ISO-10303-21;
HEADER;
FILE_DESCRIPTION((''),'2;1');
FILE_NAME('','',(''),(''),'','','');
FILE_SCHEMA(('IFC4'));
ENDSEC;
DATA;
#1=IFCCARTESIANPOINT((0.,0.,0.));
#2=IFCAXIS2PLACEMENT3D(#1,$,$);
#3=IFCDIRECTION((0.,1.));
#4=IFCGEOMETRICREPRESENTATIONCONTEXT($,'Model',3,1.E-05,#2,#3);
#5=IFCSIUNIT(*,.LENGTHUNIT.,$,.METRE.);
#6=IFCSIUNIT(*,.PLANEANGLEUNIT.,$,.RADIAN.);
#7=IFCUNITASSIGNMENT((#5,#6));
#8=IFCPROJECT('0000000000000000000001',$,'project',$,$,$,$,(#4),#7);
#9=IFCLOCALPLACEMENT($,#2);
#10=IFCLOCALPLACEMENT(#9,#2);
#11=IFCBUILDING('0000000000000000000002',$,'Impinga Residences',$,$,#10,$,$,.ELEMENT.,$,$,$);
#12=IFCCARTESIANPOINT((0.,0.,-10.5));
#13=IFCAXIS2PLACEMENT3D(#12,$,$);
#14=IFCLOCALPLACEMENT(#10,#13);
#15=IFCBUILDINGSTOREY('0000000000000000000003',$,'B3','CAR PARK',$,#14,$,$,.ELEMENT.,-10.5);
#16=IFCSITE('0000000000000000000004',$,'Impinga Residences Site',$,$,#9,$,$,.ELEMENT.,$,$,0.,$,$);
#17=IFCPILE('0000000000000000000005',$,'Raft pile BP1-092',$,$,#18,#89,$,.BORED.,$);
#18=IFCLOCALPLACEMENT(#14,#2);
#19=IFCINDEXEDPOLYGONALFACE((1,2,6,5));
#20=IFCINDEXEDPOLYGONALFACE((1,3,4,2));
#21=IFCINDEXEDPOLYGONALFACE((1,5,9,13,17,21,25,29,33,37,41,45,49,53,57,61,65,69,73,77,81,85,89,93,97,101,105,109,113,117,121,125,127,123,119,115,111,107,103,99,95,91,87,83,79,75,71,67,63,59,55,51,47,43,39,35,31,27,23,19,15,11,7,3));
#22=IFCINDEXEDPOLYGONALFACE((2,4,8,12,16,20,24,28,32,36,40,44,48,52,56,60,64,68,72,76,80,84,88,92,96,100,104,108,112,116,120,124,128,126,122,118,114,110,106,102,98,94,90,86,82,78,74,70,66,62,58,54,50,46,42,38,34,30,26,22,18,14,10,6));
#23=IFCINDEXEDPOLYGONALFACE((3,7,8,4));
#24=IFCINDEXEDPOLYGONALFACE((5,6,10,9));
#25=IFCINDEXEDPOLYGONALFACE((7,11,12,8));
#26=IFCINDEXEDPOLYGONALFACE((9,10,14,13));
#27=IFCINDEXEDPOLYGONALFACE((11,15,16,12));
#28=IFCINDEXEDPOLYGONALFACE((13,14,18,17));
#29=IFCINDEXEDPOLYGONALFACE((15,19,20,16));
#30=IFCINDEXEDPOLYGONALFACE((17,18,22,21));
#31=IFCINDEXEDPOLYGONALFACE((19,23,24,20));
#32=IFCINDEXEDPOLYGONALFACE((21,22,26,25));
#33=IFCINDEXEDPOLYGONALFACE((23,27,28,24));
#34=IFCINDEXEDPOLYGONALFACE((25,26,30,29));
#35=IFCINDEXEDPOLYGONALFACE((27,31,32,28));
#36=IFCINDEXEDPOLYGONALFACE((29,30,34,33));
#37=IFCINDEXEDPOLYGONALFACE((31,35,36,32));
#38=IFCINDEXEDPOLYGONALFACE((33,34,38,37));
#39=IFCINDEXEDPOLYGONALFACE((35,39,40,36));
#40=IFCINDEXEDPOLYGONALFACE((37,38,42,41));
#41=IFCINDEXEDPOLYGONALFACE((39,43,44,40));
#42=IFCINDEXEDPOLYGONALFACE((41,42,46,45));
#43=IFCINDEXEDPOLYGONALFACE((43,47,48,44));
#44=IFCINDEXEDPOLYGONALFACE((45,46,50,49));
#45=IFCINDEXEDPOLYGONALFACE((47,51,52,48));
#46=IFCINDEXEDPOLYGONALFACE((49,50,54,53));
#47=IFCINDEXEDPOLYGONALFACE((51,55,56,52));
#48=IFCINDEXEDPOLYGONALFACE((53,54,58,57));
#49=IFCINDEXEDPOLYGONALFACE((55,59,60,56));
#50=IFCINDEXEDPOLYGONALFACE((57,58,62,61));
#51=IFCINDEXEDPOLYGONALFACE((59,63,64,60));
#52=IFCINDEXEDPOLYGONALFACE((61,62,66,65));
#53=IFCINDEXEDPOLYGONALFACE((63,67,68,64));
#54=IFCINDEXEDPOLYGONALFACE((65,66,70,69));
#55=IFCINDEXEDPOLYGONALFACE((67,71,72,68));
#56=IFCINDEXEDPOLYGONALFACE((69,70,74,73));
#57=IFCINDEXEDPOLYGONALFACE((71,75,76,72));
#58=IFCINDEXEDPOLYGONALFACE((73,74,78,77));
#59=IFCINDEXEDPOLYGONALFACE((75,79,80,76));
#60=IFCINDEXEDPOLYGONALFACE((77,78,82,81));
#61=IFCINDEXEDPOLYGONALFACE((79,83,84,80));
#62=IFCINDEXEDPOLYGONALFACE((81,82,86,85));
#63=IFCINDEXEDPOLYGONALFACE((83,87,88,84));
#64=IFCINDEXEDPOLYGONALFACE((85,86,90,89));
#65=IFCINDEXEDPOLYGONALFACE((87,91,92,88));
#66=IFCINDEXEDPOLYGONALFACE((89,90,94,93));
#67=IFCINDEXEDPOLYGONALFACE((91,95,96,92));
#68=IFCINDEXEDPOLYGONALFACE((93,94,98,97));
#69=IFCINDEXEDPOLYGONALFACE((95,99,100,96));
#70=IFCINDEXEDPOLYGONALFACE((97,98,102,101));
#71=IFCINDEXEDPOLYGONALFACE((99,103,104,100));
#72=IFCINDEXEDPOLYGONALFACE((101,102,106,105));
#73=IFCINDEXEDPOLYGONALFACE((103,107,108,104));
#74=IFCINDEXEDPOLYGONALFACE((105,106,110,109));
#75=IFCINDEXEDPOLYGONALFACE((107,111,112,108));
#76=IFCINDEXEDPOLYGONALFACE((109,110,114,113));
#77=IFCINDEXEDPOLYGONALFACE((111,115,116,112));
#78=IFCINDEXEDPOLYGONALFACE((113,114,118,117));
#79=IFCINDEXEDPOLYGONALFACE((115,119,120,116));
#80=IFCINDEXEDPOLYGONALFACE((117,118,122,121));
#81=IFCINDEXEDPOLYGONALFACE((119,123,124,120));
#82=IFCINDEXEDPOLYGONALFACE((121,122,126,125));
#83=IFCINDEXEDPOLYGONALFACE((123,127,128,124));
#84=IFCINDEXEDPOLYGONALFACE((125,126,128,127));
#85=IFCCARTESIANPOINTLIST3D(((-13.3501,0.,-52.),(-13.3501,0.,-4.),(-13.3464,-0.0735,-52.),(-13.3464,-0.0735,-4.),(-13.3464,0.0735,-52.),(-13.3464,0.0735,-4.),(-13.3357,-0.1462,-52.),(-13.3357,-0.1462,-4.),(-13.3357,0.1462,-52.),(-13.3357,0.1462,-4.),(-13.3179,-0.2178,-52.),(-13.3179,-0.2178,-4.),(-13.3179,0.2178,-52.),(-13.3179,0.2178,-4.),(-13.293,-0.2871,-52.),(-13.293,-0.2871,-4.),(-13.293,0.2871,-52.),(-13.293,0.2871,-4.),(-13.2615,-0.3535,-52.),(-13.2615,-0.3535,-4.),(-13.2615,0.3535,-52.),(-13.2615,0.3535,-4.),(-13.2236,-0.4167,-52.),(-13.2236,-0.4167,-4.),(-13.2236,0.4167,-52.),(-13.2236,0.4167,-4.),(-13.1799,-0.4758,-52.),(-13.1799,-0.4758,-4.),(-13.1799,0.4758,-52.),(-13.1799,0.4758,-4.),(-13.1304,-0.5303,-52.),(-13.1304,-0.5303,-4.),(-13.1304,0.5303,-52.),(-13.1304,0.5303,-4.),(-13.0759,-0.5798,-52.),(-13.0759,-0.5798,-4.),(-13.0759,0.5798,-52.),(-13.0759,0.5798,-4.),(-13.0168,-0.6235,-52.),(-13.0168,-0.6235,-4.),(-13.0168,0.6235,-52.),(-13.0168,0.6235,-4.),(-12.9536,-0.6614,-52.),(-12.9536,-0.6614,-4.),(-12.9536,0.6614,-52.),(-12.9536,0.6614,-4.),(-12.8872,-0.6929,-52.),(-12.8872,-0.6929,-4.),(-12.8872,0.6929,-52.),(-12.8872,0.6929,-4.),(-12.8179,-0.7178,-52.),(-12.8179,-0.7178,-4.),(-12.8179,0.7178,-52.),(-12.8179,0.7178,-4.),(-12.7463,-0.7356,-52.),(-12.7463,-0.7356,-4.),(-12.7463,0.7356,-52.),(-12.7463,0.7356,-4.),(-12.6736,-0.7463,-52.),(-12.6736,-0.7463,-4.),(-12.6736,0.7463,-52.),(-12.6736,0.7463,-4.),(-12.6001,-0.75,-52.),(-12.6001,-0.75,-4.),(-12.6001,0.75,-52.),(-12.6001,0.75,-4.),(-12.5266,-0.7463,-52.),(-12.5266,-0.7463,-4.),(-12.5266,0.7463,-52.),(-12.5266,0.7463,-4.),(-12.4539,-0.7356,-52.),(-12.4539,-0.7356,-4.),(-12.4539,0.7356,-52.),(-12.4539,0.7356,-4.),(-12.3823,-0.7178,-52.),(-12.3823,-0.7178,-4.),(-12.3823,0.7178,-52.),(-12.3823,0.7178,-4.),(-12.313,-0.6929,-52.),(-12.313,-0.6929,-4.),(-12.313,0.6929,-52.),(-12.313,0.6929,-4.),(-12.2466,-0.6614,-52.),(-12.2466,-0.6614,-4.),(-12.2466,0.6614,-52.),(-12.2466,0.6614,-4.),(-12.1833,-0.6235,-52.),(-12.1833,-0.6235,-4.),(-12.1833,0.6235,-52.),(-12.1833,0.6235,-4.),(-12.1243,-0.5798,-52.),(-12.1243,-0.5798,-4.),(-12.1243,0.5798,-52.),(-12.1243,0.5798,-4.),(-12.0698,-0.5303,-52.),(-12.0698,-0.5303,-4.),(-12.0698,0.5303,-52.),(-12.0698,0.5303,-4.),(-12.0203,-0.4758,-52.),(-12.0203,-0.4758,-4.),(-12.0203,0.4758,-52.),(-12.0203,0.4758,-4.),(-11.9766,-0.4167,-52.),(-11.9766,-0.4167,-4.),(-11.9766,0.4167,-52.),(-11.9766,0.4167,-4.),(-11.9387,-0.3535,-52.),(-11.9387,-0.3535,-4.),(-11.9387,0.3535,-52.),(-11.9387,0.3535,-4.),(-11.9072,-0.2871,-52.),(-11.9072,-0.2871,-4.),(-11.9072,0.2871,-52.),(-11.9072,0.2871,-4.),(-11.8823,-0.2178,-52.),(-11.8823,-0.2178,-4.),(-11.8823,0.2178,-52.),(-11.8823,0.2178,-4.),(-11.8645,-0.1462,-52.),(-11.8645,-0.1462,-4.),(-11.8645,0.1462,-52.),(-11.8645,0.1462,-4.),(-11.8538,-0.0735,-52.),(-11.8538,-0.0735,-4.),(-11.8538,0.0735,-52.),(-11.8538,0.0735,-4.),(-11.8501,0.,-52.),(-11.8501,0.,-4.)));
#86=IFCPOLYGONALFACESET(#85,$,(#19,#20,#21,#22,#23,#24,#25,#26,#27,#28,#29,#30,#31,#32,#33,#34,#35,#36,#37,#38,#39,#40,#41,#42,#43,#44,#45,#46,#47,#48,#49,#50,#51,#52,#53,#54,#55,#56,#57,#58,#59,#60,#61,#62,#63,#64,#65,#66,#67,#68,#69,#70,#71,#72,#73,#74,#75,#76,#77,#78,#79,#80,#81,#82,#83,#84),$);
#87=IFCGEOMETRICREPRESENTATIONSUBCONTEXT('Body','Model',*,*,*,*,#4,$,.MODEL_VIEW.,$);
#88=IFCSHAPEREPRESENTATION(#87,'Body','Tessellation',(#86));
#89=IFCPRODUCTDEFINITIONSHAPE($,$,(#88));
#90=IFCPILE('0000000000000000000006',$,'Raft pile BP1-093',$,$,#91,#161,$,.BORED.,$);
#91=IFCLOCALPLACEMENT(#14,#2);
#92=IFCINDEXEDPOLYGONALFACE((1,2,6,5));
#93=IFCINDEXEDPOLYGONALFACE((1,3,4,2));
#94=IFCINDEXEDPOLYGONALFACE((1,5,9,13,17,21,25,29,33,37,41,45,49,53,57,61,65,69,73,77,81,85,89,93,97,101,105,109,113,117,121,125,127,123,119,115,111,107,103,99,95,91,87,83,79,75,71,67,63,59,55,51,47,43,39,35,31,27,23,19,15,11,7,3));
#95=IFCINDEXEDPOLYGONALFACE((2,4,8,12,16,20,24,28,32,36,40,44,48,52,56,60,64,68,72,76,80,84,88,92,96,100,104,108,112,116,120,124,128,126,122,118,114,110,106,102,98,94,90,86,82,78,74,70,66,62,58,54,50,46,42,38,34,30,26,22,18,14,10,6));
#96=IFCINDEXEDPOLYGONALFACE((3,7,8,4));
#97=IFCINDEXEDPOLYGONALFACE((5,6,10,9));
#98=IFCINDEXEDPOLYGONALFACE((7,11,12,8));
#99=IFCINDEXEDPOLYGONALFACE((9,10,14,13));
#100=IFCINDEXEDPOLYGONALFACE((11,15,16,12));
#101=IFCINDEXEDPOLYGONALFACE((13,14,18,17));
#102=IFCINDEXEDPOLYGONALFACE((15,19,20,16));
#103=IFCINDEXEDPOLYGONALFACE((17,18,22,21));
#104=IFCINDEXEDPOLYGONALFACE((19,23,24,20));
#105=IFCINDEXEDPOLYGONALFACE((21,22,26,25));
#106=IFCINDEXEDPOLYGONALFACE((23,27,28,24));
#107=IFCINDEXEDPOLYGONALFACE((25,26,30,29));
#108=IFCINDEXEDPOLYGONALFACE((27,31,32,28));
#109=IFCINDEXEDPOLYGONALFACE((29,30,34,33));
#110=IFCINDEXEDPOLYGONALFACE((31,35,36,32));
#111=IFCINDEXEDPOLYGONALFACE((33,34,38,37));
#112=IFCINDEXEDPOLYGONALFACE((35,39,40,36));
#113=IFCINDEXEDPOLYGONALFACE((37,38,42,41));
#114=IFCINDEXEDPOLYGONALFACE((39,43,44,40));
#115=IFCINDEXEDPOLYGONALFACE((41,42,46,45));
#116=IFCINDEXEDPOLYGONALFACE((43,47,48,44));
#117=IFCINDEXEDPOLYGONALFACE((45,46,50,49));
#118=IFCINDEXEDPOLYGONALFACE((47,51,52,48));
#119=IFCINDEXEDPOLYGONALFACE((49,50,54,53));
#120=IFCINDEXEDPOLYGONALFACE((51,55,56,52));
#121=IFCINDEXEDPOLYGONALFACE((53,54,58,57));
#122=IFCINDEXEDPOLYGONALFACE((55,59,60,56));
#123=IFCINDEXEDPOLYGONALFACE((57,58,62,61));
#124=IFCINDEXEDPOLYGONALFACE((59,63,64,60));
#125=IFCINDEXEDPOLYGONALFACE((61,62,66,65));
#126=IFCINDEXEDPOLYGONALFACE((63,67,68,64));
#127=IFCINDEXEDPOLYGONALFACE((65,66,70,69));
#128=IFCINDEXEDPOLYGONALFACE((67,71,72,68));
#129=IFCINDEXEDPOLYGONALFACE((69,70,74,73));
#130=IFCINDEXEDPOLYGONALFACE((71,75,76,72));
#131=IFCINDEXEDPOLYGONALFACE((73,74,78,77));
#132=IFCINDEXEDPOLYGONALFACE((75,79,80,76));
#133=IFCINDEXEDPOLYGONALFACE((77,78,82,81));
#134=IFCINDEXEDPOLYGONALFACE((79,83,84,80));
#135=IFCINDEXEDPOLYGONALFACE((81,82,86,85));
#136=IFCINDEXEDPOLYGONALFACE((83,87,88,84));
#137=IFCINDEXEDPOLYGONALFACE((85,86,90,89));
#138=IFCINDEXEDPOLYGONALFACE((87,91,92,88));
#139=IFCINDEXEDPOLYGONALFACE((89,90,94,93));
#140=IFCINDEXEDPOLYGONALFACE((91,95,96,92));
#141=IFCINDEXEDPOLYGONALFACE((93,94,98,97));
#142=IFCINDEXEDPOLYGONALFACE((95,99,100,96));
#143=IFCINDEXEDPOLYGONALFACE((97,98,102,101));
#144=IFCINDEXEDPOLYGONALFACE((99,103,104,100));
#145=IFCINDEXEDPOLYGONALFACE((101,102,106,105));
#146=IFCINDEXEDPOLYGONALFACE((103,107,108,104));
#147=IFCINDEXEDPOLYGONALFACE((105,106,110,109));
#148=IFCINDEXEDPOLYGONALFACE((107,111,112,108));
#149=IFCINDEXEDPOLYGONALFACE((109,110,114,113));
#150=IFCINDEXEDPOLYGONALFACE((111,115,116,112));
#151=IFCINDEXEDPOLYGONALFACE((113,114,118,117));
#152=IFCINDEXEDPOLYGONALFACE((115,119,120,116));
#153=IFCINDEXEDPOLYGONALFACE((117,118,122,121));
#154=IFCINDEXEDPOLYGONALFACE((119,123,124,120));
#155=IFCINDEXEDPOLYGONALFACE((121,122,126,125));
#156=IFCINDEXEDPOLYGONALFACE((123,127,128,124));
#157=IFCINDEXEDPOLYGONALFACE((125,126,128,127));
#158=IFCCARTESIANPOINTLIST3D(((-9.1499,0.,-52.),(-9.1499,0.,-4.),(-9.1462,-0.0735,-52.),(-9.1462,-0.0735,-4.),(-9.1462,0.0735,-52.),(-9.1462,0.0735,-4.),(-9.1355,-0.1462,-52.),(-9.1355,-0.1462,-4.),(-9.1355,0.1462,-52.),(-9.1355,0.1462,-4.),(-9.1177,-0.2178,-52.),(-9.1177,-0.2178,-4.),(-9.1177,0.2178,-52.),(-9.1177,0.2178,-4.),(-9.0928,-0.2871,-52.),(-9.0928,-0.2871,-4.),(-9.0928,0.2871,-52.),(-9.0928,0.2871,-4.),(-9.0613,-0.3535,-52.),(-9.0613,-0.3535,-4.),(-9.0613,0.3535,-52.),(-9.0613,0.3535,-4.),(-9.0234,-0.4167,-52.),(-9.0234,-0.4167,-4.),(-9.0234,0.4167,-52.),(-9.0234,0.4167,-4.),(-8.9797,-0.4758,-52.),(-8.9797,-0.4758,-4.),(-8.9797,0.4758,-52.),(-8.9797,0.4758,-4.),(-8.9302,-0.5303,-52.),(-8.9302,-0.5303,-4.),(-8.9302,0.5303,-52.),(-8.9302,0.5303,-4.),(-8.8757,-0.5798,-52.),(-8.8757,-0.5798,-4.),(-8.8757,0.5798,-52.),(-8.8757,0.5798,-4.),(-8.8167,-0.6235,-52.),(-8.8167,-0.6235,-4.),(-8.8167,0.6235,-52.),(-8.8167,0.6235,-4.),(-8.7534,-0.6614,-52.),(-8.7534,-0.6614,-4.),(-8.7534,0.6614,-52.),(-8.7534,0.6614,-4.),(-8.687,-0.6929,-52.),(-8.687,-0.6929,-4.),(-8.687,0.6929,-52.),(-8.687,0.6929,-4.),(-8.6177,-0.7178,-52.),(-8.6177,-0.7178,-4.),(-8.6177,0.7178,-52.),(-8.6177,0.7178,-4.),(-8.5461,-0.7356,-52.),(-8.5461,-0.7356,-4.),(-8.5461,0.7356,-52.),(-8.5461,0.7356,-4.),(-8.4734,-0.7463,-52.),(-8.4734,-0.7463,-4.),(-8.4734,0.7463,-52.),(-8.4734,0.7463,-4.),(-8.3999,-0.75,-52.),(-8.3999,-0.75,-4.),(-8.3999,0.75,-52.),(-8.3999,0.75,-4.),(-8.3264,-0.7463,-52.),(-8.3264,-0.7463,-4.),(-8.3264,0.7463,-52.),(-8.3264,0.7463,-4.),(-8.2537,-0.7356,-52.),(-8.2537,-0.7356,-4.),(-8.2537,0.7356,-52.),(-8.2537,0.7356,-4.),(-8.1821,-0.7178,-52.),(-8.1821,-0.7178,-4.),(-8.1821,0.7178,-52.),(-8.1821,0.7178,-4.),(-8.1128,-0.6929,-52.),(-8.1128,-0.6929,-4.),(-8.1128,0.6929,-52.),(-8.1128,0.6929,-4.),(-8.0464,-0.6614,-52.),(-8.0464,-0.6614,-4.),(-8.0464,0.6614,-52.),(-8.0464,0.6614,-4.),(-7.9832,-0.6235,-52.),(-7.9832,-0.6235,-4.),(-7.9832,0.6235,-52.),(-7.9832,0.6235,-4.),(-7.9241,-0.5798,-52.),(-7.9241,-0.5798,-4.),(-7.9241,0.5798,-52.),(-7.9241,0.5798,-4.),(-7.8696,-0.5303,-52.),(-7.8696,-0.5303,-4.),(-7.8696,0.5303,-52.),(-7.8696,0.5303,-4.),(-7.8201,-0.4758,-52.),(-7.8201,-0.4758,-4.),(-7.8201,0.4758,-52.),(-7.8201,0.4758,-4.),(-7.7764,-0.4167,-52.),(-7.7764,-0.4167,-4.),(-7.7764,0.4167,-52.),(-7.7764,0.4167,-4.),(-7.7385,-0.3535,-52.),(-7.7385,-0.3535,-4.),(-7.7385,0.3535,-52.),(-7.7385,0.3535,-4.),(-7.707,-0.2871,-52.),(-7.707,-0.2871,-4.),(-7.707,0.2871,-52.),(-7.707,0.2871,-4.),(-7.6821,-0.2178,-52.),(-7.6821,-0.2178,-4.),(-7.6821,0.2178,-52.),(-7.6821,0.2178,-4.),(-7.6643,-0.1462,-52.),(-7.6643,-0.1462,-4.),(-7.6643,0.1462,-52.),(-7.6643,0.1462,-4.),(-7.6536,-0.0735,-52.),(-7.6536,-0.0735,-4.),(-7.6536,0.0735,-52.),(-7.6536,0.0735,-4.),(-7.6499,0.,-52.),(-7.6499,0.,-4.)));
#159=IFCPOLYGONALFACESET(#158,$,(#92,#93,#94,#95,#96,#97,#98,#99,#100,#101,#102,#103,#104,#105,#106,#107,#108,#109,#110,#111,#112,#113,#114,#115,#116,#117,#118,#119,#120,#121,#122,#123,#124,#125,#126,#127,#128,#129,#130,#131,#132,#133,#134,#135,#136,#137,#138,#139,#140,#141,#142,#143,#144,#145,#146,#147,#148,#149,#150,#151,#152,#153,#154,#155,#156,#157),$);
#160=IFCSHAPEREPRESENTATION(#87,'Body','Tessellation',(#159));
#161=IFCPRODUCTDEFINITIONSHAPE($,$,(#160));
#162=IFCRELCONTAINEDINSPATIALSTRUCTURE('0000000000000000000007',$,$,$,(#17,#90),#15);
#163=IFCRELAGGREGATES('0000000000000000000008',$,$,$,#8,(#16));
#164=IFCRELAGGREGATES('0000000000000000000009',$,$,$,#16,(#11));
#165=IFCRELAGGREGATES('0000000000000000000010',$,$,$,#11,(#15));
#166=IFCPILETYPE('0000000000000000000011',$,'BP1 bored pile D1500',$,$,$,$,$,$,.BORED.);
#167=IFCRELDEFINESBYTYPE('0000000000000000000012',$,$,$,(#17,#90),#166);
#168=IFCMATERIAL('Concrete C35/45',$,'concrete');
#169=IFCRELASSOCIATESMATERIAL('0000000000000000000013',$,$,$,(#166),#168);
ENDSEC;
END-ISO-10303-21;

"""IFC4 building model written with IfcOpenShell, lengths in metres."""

from ifc_helpers import new_model, si_unit, direction, frame, origin, origin_2d, place, context, subcontext, project, spatial, polyline, circle, outline, extrude, material, material_profile, profile_set, type_object, element, save


model = new_model("IFC4")

# Units and contexts
model_context = context("Model", 3, precision=1e-05, world=origin(), true_north=direction((0.0, 1.0)))
body_context = subcontext(model_context, "Body", "Model", "MODEL_VIEW")
ifc_project = project(units=[si_unit("LENGTHUNIT", "METRE"), si_unit("PLANEANGLEUNIT", "RADIAN")], contexts=[model_context])

# Site, building, storey
site_placement = place(None, origin())
site = spatial("IfcSite", under=ifc_project, at=site_placement, Name="Impinga Residences Site", CompositionType="ELEMENT", RefElevation=0.0)
building_placement = place(site_placement, origin())
building = spatial("IfcBuilding", under=site, at=building_placement, Name="Impinga Residences", CompositionType="ELEMENT")
storey_placement = place(building_placement, frame((0.0, 0.0, -10.5)))
storey = spatial("IfcBuildingStorey", under=building, at=storey_placement, Name="B3", Description="CAR PARK", CompositionType="ELEMENT", Elevation=-10.5)

# Piles
ifc_material_1 = material(Name="Concrete C35/45", Category="concrete")
ifc_material_profile = material_profile(ifc_material_1, circle(Radius=0.75, at=origin_2d()), Name="D1500")
ifc_profile_set = profile_set([ifc_material_profile], Name="Concrete C35/45")
pile_type = type_object("IfcPileType", Name="BP1 bored pile D1500", PredefinedType="BORED", material=ifc_profile_set)
pile_1_placement = place(storey_placement, frame((-12.6001, 0.0, -4.0), z_axis=(0.0, 0.0, -1.0), x_axis=(1.0, 0.0, 0.0)))
element("IfcPile", 1, at=pile_1_placement, inside=storey, type_object=pile_type, Name="Raft pile BP1-092", PredefinedType="BORED", context=body_context, shape_type="SweptSolid", body=[
    extrude(outline(polyline([(0.75, 0.0), (0.7463, 0.0735), (0.7356, 0.1462), (0.7178, 0.2178), (0.6929, 0.2871), (0.6614, 0.3535), (0.6235, 0.4167), (0.5798, 0.4758), (0.5303, 0.5303), (0.4758, 0.5798), (0.4167, 0.6235), (0.3535, 0.6614), (0.2871, 0.6929), (0.2178, 0.7178), (0.1462, 0.7356), (0.0735, 0.7463), (0.0, 0.75), (-0.0735, 0.7463), (-0.1462, 0.7356), (-0.2178, 0.7178), (-0.2871, 0.6929), (-0.3535, 0.6614), (-0.4167, 0.6235), (-0.4758, 0.5798), (-0.5303, 0.5303), (-0.5798, 0.4758), (-0.6235, 0.4167), (-0.6614, 0.3535), (-0.6929, 0.2871), (-0.7178, 0.2178), (-0.7356, 0.1462), (-0.7463, 0.0735), (-0.75, 0.0), (-0.7463, -0.0735), (-0.7356, -0.1462), (-0.7178, -0.2178), (-0.6929, -0.2871), (-0.6614, -0.3535), (-0.6235, -0.4167), (-0.5798, -0.4758), (-0.5303, -0.5303), (-0.4758, -0.5798), (-0.4167, -0.6235), (-0.3535, -0.6614), (-0.2871, -0.6929), (-0.2178, -0.7178), (-0.1462, -0.7356), (-0.0735, -0.7463), (0.0, -0.75), (0.0735, -0.7463), (0.1462, -0.7356), (0.2178, -0.7178), (0.2871, -0.6929), (0.3535, -0.6614), (0.4167, -0.6235), (0.4758, -0.5798), (0.5303, -0.5303), (0.5798, -0.4758), (0.6235, -0.4167), (0.6614, -0.3535), (0.6929, -0.2871), (0.7178, -0.2178), (0.7356, -0.1462), (0.7463, -0.0735), (0.75, 0.0)])), origin(), (0.0, 0.0, 1.0), 48.0),
])
pile_2_placement = place(storey_placement, frame((-8.3999, 0.0, -4.0), z_axis=(0.0, 0.0, -1.0), x_axis=(1.0, 0.0, 0.0)))
element("IfcPile", 2, at=pile_2_placement, inside=storey, type_object=pile_type, Name="Raft pile BP1-093", PredefinedType="BORED", context=body_context, shape_type="SweptSolid", body=[
    extrude(outline(polyline([(0.75, 0.0), (0.7463, 0.0735), (0.7356, 0.1462), (0.7178, 0.2178), (0.6929, 0.2871), (0.6614, 0.3535), (0.6235, 0.4167), (0.5798, 0.4758), (0.5303, 0.5303), (0.4758, 0.5798), (0.4167, 0.6235), (0.3535, 0.6614), (0.2871, 0.6929), (0.2178, 0.7178), (0.1462, 0.7356), (0.0735, 0.7463), (0.0, 0.75), (-0.0735, 0.7463), (-0.1462, 0.7356), (-0.2178, 0.7178), (-0.2871, 0.6929), (-0.3535, 0.6614), (-0.4167, 0.6235), (-0.4758, 0.5798), (-0.5303, 0.5303), (-0.5798, 0.4758), (-0.6235, 0.4167), (-0.6614, 0.3535), (-0.6929, 0.2871), (-0.7178, 0.2178), (-0.7356, 0.1462), (-0.7463, 0.0735), (-0.75, 0.0), (-0.7463, -0.0735), (-0.7356, -0.1462), (-0.7178, -0.2178), (-0.6929, -0.2871), (-0.6614, -0.3535), (-0.6235, -0.4167), (-0.5798, -0.4758), (-0.5303, -0.5303), (-0.4758, -0.5798), (-0.4167, -0.6235), (-0.3535, -0.6614), (-0.2871, -0.6929), (-0.2178, -0.7178), (-0.1462, -0.7356), (-0.0735, -0.7463), (0.0, -0.75), (0.0735, -0.7463), (0.1462, -0.7356), (0.2178, -0.7178), (0.2871, -0.6929), (0.3535, -0.6614), (0.4167, -0.6235), (0.4758, -0.5798), (0.5303, -0.5303), (0.5798, -0.4758), (0.6235, -0.4167), (0.6614, -0.3535), (0.6929, -0.2871), (0.7178, -0.2178), (0.7356, -0.1462), (0.7463, -0.0735), (0.75, 0.0)])), origin(), (0.0, 0.0, 1.0), 48.0),
])

save(model, "model.ifc")
